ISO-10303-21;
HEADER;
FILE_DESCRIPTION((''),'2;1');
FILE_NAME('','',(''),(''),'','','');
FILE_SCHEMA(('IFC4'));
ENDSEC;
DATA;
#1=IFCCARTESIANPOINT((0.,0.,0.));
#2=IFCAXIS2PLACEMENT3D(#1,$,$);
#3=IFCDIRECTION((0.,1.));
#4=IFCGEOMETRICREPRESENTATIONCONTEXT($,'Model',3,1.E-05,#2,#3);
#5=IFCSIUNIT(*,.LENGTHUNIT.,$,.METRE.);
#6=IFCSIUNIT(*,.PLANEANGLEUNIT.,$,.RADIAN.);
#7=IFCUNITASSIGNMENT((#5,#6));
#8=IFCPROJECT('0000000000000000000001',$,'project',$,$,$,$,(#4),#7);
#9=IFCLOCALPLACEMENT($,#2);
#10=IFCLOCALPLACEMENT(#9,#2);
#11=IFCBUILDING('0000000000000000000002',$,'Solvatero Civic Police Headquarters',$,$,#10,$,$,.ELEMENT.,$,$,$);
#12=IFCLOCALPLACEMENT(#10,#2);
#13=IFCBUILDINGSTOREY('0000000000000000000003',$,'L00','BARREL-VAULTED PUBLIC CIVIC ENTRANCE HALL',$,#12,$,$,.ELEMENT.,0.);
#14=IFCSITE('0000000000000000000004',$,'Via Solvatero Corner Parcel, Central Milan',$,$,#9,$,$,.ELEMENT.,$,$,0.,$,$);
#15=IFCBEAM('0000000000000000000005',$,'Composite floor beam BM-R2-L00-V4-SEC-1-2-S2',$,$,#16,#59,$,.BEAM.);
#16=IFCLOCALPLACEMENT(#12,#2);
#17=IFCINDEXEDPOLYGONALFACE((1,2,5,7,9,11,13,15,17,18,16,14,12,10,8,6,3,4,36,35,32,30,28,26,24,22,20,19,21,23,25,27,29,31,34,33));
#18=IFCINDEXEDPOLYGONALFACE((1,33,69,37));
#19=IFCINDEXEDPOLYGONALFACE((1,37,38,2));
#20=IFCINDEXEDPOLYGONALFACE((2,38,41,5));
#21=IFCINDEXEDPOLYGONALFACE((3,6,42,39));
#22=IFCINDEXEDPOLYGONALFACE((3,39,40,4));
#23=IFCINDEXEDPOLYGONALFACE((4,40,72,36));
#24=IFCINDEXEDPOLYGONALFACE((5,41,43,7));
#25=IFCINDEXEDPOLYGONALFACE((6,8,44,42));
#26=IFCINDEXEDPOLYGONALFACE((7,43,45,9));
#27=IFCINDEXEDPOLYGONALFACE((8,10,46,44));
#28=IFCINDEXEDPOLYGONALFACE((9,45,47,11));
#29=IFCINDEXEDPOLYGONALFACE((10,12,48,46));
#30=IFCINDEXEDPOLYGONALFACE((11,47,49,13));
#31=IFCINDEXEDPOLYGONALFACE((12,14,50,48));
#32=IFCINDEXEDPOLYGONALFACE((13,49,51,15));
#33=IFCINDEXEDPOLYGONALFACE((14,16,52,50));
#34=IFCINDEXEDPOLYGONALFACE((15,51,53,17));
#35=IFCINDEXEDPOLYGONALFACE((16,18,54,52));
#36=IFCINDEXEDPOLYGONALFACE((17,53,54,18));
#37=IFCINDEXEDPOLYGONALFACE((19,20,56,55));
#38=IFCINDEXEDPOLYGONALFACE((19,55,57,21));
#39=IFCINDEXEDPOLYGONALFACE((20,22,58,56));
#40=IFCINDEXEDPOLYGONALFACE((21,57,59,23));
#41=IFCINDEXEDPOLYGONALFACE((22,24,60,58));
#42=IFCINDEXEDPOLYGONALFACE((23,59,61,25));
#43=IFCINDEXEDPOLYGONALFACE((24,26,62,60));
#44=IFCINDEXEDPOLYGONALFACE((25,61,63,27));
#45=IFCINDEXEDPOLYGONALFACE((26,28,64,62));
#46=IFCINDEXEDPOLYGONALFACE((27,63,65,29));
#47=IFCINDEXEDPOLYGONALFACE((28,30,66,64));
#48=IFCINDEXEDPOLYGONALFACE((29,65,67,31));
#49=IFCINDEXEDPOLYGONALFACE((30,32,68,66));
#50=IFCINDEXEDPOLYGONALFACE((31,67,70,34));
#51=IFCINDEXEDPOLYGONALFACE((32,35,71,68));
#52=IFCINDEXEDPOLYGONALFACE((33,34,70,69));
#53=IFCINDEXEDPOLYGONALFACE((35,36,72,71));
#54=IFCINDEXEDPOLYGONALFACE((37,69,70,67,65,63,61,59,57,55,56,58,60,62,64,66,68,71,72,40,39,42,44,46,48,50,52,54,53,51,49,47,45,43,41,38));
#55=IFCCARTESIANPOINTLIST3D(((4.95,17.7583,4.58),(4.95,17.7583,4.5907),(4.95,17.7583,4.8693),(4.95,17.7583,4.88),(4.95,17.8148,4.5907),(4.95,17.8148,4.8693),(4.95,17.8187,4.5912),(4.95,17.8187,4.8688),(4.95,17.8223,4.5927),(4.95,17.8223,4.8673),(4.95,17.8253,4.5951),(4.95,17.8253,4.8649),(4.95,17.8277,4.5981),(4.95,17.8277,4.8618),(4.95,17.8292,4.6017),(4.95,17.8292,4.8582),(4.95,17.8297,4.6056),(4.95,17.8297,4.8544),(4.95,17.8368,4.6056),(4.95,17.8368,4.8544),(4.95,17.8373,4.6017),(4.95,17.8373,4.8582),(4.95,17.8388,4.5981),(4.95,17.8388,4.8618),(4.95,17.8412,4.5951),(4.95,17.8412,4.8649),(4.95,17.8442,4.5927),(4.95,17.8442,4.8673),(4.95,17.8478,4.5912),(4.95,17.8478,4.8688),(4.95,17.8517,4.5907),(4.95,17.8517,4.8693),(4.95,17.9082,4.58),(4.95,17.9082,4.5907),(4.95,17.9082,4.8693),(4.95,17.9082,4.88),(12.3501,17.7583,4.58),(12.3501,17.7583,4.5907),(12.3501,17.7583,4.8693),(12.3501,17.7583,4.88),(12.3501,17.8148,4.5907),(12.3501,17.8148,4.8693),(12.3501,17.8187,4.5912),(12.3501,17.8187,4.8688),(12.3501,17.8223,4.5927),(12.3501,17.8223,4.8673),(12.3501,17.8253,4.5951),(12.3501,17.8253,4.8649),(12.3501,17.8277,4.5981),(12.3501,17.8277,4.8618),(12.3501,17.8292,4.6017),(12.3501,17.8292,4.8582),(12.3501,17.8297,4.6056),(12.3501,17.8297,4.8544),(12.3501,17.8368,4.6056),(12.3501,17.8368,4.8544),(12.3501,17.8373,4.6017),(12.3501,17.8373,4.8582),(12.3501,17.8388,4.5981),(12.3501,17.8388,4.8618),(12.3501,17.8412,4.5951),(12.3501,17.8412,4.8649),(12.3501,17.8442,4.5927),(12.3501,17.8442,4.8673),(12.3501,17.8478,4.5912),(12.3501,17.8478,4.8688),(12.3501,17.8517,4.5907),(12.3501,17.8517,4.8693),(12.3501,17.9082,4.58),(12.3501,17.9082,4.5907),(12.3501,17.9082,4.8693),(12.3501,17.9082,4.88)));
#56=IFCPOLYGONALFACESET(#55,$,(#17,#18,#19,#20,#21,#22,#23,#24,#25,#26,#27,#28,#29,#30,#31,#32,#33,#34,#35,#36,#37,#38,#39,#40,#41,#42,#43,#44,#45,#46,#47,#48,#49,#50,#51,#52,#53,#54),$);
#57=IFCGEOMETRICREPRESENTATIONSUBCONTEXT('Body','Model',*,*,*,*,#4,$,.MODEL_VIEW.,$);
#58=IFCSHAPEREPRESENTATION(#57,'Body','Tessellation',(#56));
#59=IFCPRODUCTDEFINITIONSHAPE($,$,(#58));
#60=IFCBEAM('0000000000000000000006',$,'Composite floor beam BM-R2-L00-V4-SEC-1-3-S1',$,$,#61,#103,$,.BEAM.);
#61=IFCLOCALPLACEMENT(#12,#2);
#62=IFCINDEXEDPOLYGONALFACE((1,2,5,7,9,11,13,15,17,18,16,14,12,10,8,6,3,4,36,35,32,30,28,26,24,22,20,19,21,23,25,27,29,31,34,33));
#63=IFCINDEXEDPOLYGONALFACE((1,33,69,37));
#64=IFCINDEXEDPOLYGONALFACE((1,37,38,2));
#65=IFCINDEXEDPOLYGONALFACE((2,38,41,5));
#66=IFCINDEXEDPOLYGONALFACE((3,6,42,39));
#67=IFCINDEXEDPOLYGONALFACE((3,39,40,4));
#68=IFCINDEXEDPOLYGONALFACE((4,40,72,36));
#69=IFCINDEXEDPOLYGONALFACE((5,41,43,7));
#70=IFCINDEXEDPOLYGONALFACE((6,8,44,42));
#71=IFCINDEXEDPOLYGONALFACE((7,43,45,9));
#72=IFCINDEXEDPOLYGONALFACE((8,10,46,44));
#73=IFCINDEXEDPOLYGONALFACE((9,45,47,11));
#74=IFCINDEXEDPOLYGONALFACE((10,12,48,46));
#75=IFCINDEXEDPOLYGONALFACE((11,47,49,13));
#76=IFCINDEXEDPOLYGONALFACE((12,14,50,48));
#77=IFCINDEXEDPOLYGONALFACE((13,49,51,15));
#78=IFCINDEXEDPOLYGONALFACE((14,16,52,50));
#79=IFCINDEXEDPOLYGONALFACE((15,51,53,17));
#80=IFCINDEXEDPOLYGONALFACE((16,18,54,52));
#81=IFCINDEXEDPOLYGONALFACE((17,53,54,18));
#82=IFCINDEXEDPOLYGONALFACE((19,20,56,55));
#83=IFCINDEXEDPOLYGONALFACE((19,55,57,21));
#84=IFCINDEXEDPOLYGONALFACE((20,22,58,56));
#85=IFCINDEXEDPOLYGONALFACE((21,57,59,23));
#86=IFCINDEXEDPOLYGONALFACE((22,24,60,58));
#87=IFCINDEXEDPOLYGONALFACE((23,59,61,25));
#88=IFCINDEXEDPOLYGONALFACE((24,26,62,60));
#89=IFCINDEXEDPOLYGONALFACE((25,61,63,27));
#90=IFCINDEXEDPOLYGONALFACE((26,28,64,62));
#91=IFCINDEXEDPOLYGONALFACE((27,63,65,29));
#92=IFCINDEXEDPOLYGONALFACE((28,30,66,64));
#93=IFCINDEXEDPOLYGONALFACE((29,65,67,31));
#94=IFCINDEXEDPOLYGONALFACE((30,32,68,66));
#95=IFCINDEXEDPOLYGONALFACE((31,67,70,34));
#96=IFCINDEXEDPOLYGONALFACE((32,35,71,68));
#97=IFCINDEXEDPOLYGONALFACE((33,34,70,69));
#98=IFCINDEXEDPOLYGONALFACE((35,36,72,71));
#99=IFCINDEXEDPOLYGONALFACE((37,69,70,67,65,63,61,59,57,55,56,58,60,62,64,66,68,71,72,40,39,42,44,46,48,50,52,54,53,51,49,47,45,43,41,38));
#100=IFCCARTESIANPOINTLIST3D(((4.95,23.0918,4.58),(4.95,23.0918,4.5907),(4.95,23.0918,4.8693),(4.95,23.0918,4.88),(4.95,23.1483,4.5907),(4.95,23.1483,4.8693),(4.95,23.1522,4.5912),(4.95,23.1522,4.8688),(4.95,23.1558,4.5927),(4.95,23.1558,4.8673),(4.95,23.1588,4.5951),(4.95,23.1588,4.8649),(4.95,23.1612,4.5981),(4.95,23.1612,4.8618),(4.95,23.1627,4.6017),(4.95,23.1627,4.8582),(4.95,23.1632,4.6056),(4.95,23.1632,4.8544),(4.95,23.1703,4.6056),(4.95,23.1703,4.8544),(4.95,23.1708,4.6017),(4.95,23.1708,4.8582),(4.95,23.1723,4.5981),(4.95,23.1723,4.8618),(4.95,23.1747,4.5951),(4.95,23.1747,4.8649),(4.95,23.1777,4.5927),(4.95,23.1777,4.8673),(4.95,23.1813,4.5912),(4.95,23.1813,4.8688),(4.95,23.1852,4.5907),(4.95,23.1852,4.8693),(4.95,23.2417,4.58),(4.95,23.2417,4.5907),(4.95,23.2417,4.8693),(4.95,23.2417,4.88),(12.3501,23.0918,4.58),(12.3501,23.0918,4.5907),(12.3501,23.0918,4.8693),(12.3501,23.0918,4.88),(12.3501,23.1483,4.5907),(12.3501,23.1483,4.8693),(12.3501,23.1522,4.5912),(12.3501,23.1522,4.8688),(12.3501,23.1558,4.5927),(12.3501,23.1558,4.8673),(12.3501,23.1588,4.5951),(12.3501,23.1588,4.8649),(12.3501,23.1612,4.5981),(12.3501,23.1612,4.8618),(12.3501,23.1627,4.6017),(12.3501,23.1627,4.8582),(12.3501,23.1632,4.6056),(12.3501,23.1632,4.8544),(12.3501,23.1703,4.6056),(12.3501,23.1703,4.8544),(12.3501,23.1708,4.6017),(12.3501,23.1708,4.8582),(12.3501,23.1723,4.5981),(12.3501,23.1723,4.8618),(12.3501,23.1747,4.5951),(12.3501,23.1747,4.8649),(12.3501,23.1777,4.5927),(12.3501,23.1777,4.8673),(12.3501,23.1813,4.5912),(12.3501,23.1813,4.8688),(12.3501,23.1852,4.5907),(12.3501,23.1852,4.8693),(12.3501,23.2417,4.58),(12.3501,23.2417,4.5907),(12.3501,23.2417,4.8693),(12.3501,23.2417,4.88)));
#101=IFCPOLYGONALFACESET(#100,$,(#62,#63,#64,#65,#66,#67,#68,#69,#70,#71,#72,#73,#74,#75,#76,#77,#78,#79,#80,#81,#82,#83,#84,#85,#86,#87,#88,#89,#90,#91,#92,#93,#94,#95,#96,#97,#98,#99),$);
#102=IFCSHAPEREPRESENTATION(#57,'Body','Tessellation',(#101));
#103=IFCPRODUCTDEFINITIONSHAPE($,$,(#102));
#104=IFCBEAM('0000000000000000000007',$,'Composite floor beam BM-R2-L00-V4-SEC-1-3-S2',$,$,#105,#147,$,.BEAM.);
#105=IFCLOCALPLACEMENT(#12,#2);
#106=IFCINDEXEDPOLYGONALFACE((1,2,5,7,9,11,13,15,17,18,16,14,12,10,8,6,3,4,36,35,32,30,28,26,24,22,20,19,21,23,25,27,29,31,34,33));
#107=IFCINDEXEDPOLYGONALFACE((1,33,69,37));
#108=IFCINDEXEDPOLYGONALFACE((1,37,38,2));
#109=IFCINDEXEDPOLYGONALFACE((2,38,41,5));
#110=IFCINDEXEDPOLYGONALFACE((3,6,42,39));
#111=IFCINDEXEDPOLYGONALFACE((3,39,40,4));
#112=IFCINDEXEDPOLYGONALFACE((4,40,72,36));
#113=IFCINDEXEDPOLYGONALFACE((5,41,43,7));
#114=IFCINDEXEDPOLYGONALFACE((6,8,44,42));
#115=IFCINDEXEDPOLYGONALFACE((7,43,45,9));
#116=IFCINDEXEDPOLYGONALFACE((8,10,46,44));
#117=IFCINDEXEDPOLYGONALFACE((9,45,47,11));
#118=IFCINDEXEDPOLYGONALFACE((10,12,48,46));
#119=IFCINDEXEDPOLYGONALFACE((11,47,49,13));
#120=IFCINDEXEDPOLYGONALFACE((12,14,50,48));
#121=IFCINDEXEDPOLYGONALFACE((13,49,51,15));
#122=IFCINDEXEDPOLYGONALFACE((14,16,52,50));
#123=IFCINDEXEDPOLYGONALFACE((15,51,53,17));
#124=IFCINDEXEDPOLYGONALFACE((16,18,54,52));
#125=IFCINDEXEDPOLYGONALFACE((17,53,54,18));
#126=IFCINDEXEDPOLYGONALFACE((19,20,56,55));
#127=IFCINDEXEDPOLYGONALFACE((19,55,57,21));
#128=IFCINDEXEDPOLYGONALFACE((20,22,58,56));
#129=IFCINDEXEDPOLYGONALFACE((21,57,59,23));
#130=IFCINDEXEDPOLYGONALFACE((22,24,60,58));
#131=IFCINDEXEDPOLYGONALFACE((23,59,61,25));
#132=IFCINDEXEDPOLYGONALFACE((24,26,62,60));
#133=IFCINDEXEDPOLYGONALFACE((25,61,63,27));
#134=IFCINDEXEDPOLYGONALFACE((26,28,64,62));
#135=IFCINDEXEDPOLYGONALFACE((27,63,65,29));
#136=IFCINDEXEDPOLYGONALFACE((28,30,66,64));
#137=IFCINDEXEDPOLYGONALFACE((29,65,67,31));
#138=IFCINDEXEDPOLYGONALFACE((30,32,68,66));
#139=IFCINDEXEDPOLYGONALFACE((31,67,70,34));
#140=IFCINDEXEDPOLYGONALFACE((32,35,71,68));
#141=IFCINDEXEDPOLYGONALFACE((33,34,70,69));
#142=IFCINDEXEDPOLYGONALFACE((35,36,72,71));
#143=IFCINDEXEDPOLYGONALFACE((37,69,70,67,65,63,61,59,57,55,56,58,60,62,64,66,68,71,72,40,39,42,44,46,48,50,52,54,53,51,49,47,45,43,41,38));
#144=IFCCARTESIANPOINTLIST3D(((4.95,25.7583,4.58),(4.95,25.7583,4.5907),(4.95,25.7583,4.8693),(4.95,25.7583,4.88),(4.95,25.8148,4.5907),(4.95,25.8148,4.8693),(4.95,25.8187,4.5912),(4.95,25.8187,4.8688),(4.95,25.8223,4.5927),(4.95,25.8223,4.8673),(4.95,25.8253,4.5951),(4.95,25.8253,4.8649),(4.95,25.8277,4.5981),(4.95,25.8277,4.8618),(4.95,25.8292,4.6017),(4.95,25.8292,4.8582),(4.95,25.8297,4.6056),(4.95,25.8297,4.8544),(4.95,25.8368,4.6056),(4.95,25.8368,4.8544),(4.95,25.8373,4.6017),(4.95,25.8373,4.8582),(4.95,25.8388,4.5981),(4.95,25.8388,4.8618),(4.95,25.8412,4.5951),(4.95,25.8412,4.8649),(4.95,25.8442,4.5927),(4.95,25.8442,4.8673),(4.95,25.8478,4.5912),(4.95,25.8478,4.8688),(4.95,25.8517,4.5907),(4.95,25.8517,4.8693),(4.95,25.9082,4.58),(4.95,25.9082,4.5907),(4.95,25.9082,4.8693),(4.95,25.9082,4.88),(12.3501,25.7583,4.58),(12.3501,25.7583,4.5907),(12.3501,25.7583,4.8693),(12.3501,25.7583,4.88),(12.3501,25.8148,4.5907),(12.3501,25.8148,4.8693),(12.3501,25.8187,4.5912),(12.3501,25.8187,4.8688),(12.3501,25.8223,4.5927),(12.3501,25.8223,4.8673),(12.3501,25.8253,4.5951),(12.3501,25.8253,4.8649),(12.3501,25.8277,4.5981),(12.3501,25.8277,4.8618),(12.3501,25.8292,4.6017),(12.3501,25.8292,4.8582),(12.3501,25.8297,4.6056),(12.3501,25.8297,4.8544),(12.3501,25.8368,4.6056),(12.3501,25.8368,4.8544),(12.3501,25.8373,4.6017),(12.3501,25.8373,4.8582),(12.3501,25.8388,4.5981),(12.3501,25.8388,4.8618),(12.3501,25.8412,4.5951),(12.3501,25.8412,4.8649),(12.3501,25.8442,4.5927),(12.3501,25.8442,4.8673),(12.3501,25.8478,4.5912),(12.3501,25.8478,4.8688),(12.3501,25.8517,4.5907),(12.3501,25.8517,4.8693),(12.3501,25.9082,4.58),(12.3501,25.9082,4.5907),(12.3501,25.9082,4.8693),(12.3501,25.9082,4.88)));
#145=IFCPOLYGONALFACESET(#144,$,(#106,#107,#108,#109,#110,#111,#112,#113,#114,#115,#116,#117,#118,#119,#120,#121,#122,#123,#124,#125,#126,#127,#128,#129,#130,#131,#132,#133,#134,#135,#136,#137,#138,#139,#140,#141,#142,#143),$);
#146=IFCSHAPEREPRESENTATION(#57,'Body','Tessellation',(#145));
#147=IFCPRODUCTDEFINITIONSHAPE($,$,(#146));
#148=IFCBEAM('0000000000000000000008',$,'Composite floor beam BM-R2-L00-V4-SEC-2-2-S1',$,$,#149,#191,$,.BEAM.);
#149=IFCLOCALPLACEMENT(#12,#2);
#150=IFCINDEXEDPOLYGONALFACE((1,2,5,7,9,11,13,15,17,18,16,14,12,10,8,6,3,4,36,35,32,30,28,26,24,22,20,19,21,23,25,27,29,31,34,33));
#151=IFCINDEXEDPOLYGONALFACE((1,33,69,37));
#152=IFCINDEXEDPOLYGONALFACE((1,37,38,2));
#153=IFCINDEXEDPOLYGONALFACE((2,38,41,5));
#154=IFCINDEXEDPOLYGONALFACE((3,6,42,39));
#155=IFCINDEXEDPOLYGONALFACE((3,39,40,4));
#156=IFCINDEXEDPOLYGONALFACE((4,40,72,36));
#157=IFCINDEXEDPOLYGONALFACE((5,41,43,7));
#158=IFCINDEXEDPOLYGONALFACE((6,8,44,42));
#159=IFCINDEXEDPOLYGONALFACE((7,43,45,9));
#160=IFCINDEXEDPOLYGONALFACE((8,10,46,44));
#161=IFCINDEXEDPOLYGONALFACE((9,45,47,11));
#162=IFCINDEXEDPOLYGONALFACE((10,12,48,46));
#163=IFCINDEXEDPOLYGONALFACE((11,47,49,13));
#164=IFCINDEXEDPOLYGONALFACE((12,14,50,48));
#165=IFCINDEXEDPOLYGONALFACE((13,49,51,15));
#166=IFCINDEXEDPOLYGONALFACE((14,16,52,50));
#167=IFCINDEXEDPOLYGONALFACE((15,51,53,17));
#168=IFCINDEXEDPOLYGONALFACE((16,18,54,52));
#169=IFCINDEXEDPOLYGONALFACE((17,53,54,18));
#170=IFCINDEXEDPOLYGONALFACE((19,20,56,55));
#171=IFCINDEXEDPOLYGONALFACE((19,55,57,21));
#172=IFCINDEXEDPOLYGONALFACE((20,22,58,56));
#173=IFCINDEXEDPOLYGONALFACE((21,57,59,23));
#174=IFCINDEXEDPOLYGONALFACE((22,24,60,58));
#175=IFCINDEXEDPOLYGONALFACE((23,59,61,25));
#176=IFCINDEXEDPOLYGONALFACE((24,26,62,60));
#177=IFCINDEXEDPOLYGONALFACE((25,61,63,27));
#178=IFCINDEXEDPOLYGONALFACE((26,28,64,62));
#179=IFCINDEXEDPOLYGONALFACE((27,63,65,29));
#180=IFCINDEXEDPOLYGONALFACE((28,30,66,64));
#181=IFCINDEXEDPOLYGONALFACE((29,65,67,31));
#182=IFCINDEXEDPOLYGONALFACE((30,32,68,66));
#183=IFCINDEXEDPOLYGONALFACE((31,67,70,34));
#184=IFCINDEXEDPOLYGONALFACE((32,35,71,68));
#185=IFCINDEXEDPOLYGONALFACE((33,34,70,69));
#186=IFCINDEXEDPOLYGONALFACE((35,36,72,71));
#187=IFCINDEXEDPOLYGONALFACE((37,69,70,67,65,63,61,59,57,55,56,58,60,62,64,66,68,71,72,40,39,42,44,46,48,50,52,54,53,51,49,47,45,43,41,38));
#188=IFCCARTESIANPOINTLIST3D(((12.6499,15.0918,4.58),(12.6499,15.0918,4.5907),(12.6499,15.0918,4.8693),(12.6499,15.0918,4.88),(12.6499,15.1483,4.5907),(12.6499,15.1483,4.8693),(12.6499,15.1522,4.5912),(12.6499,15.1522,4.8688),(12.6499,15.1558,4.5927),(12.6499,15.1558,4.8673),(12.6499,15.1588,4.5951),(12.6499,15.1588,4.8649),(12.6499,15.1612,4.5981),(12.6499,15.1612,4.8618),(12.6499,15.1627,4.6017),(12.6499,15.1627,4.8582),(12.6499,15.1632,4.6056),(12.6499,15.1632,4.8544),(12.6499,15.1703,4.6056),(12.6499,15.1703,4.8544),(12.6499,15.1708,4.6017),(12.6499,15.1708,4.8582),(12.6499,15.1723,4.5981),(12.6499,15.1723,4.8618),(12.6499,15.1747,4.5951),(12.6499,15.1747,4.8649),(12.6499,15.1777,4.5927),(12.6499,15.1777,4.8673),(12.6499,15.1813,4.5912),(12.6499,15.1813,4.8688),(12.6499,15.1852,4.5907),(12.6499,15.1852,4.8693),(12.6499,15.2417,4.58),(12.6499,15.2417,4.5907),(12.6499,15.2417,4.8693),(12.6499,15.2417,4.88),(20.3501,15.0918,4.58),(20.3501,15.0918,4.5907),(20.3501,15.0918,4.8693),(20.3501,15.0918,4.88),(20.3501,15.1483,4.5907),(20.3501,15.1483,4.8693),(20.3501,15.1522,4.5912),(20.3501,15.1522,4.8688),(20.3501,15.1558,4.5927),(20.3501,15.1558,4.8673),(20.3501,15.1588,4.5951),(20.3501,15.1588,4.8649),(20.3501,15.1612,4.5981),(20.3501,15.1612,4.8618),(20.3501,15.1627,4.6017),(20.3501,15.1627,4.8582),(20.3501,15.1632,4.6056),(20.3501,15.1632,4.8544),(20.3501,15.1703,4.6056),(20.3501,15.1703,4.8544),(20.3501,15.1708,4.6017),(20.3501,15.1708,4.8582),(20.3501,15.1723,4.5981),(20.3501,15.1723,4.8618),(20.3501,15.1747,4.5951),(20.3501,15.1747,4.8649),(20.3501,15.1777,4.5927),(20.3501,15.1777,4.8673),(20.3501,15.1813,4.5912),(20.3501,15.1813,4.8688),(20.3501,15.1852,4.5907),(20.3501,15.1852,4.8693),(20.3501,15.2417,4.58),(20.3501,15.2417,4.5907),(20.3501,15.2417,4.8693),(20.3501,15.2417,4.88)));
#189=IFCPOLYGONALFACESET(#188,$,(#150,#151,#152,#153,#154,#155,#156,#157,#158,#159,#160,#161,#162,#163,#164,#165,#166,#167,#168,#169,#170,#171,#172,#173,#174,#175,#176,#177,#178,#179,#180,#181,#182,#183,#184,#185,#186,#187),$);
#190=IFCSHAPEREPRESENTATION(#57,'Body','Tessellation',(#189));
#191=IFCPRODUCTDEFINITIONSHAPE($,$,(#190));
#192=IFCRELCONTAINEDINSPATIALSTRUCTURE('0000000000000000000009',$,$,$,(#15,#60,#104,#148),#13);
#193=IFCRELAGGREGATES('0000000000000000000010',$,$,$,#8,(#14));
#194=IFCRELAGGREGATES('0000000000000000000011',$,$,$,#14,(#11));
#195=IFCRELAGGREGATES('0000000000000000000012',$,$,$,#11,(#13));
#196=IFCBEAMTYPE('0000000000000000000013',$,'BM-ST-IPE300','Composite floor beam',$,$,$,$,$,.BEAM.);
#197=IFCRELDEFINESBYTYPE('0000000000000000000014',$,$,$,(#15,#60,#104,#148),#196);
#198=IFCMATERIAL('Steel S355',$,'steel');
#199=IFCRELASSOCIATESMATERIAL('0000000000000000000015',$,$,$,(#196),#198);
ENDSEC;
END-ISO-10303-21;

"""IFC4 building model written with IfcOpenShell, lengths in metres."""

from ifc_helpers import new_model, si_unit, direction, frame, origin, origin_2d, place, context, subcontext, project, spatial, i_section, extrude, material, material_profile, profile_set, type_object, element, save


model = new_model("IFC4")

# Units and contexts
model_context = context("Model", 3, precision=1e-05, world=origin(), true_north=direction((0.0, 1.0)))
body_context = subcontext(model_context, "Body", "Model", "MODEL_VIEW")
ifc_project = project(units=[si_unit("LENGTHUNIT", "METRE"), si_unit("PLANEANGLEUNIT", "RADIAN")], contexts=[model_context])

# Site, building, storey
site_placement = place(None, origin())
site = spatial("IfcSite", under=ifc_project, at=site_placement, Name="Via Solvatero Corner Parcel, Central Milan", CompositionType="ELEMENT", RefElevation=0.0)
building_placement = place(site_placement, origin())
building = spatial("IfcBuilding", under=site, at=building_placement, Name="Solvatero Civic Police Headquarters", CompositionType="ELEMENT")
storey_placement = place(building_placement, origin())
storey = spatial("IfcBuildingStorey", under=building, at=storey_placement, Name="L00", Description="BARREL-VAULTED PUBLIC CIVIC ENTRANCE HALL", CompositionType="ELEMENT", Elevation=0.0)

# Beams
ifc_material_1 = material(Name="Steel S355", Category="steel")
ifc_material_profile_1 = material_profile(ifc_material_1, i_section(OverallWidth=0.1499, OverallDepth=0.3, WebThickness=0.0071, FlangeThickness=0.0107, FilletRadius=0.0149, at=origin_2d()), Name="IPE 300")
ifc_profile_set_1 = profile_set([ifc_material_profile_1], Name="Steel S355")
beam_type_1 = type_object("IfcBeamType", Name="BM-ST-IPE300", Description="Composite floor beam", PredefinedType="BEAM", material=ifc_profile_set_1)
for number, where, z_axis, x_axis, name in (
    (1, (4.95, 17.8333, 4.73), (1.0, 0.0, 0.0), (0.0, 1.0, 0.0), "Composite floor beam BM-R2-L00-V4-SEC-1-2-S2"),
    (2, (4.95, 23.1667, 4.73), (1.0, 0.0, 0.0), (0.0, 1.0, 0.0), "Composite floor beam BM-R2-L00-V4-SEC-1-3-S1"),
    (3, (4.95, 25.8333, 4.73), (1.0, 0.0, 0.0), (0.0, 1.0, 0.0), "Composite floor beam BM-R2-L00-V4-SEC-1-3-S2"),
):
    element("IfcBeam", number, at=place(storey_placement, frame(where, z_axis=z_axis, x_axis=x_axis)), inside=storey, type_object=beam_type_1, Name=name, PredefinedType="BEAM", context=body_context, shape_type="SweptSolid", body=[
        extrude(i_section(OverallWidth=0.1499, OverallDepth=0.3, WebThickness=0.0071, FlangeThickness=0.0107, FilletRadius=0.0149, at=origin_2d()), origin(), (0.0, 0.0, 1.0), 7.4001),
    ])
for number, where, z_axis, x_axis, name in (
    (4, (12.6499, 15.1667, 4.73), (1.0, 0.0, 0.0), (0.0, 1.0, 0.0), "Composite floor beam BM-R2-L00-V4-SEC-2-2-S1"),
):
    element("IfcBeam", number, at=place(storey_placement, frame(where, z_axis=z_axis, x_axis=x_axis)), inside=storey, type_object=beam_type_1, Name=name, PredefinedType="BEAM", context=body_context, shape_type="SweptSolid", body=[
        extrude(i_section(OverallWidth=0.1499, OverallDepth=0.3, WebThickness=0.0071, FlangeThickness=0.0107, FilletRadius=0.0149, at=origin_2d()), origin(), (0.0, 0.0, 1.0), 7.7002),
    ])

save(model, "model.ifc")
